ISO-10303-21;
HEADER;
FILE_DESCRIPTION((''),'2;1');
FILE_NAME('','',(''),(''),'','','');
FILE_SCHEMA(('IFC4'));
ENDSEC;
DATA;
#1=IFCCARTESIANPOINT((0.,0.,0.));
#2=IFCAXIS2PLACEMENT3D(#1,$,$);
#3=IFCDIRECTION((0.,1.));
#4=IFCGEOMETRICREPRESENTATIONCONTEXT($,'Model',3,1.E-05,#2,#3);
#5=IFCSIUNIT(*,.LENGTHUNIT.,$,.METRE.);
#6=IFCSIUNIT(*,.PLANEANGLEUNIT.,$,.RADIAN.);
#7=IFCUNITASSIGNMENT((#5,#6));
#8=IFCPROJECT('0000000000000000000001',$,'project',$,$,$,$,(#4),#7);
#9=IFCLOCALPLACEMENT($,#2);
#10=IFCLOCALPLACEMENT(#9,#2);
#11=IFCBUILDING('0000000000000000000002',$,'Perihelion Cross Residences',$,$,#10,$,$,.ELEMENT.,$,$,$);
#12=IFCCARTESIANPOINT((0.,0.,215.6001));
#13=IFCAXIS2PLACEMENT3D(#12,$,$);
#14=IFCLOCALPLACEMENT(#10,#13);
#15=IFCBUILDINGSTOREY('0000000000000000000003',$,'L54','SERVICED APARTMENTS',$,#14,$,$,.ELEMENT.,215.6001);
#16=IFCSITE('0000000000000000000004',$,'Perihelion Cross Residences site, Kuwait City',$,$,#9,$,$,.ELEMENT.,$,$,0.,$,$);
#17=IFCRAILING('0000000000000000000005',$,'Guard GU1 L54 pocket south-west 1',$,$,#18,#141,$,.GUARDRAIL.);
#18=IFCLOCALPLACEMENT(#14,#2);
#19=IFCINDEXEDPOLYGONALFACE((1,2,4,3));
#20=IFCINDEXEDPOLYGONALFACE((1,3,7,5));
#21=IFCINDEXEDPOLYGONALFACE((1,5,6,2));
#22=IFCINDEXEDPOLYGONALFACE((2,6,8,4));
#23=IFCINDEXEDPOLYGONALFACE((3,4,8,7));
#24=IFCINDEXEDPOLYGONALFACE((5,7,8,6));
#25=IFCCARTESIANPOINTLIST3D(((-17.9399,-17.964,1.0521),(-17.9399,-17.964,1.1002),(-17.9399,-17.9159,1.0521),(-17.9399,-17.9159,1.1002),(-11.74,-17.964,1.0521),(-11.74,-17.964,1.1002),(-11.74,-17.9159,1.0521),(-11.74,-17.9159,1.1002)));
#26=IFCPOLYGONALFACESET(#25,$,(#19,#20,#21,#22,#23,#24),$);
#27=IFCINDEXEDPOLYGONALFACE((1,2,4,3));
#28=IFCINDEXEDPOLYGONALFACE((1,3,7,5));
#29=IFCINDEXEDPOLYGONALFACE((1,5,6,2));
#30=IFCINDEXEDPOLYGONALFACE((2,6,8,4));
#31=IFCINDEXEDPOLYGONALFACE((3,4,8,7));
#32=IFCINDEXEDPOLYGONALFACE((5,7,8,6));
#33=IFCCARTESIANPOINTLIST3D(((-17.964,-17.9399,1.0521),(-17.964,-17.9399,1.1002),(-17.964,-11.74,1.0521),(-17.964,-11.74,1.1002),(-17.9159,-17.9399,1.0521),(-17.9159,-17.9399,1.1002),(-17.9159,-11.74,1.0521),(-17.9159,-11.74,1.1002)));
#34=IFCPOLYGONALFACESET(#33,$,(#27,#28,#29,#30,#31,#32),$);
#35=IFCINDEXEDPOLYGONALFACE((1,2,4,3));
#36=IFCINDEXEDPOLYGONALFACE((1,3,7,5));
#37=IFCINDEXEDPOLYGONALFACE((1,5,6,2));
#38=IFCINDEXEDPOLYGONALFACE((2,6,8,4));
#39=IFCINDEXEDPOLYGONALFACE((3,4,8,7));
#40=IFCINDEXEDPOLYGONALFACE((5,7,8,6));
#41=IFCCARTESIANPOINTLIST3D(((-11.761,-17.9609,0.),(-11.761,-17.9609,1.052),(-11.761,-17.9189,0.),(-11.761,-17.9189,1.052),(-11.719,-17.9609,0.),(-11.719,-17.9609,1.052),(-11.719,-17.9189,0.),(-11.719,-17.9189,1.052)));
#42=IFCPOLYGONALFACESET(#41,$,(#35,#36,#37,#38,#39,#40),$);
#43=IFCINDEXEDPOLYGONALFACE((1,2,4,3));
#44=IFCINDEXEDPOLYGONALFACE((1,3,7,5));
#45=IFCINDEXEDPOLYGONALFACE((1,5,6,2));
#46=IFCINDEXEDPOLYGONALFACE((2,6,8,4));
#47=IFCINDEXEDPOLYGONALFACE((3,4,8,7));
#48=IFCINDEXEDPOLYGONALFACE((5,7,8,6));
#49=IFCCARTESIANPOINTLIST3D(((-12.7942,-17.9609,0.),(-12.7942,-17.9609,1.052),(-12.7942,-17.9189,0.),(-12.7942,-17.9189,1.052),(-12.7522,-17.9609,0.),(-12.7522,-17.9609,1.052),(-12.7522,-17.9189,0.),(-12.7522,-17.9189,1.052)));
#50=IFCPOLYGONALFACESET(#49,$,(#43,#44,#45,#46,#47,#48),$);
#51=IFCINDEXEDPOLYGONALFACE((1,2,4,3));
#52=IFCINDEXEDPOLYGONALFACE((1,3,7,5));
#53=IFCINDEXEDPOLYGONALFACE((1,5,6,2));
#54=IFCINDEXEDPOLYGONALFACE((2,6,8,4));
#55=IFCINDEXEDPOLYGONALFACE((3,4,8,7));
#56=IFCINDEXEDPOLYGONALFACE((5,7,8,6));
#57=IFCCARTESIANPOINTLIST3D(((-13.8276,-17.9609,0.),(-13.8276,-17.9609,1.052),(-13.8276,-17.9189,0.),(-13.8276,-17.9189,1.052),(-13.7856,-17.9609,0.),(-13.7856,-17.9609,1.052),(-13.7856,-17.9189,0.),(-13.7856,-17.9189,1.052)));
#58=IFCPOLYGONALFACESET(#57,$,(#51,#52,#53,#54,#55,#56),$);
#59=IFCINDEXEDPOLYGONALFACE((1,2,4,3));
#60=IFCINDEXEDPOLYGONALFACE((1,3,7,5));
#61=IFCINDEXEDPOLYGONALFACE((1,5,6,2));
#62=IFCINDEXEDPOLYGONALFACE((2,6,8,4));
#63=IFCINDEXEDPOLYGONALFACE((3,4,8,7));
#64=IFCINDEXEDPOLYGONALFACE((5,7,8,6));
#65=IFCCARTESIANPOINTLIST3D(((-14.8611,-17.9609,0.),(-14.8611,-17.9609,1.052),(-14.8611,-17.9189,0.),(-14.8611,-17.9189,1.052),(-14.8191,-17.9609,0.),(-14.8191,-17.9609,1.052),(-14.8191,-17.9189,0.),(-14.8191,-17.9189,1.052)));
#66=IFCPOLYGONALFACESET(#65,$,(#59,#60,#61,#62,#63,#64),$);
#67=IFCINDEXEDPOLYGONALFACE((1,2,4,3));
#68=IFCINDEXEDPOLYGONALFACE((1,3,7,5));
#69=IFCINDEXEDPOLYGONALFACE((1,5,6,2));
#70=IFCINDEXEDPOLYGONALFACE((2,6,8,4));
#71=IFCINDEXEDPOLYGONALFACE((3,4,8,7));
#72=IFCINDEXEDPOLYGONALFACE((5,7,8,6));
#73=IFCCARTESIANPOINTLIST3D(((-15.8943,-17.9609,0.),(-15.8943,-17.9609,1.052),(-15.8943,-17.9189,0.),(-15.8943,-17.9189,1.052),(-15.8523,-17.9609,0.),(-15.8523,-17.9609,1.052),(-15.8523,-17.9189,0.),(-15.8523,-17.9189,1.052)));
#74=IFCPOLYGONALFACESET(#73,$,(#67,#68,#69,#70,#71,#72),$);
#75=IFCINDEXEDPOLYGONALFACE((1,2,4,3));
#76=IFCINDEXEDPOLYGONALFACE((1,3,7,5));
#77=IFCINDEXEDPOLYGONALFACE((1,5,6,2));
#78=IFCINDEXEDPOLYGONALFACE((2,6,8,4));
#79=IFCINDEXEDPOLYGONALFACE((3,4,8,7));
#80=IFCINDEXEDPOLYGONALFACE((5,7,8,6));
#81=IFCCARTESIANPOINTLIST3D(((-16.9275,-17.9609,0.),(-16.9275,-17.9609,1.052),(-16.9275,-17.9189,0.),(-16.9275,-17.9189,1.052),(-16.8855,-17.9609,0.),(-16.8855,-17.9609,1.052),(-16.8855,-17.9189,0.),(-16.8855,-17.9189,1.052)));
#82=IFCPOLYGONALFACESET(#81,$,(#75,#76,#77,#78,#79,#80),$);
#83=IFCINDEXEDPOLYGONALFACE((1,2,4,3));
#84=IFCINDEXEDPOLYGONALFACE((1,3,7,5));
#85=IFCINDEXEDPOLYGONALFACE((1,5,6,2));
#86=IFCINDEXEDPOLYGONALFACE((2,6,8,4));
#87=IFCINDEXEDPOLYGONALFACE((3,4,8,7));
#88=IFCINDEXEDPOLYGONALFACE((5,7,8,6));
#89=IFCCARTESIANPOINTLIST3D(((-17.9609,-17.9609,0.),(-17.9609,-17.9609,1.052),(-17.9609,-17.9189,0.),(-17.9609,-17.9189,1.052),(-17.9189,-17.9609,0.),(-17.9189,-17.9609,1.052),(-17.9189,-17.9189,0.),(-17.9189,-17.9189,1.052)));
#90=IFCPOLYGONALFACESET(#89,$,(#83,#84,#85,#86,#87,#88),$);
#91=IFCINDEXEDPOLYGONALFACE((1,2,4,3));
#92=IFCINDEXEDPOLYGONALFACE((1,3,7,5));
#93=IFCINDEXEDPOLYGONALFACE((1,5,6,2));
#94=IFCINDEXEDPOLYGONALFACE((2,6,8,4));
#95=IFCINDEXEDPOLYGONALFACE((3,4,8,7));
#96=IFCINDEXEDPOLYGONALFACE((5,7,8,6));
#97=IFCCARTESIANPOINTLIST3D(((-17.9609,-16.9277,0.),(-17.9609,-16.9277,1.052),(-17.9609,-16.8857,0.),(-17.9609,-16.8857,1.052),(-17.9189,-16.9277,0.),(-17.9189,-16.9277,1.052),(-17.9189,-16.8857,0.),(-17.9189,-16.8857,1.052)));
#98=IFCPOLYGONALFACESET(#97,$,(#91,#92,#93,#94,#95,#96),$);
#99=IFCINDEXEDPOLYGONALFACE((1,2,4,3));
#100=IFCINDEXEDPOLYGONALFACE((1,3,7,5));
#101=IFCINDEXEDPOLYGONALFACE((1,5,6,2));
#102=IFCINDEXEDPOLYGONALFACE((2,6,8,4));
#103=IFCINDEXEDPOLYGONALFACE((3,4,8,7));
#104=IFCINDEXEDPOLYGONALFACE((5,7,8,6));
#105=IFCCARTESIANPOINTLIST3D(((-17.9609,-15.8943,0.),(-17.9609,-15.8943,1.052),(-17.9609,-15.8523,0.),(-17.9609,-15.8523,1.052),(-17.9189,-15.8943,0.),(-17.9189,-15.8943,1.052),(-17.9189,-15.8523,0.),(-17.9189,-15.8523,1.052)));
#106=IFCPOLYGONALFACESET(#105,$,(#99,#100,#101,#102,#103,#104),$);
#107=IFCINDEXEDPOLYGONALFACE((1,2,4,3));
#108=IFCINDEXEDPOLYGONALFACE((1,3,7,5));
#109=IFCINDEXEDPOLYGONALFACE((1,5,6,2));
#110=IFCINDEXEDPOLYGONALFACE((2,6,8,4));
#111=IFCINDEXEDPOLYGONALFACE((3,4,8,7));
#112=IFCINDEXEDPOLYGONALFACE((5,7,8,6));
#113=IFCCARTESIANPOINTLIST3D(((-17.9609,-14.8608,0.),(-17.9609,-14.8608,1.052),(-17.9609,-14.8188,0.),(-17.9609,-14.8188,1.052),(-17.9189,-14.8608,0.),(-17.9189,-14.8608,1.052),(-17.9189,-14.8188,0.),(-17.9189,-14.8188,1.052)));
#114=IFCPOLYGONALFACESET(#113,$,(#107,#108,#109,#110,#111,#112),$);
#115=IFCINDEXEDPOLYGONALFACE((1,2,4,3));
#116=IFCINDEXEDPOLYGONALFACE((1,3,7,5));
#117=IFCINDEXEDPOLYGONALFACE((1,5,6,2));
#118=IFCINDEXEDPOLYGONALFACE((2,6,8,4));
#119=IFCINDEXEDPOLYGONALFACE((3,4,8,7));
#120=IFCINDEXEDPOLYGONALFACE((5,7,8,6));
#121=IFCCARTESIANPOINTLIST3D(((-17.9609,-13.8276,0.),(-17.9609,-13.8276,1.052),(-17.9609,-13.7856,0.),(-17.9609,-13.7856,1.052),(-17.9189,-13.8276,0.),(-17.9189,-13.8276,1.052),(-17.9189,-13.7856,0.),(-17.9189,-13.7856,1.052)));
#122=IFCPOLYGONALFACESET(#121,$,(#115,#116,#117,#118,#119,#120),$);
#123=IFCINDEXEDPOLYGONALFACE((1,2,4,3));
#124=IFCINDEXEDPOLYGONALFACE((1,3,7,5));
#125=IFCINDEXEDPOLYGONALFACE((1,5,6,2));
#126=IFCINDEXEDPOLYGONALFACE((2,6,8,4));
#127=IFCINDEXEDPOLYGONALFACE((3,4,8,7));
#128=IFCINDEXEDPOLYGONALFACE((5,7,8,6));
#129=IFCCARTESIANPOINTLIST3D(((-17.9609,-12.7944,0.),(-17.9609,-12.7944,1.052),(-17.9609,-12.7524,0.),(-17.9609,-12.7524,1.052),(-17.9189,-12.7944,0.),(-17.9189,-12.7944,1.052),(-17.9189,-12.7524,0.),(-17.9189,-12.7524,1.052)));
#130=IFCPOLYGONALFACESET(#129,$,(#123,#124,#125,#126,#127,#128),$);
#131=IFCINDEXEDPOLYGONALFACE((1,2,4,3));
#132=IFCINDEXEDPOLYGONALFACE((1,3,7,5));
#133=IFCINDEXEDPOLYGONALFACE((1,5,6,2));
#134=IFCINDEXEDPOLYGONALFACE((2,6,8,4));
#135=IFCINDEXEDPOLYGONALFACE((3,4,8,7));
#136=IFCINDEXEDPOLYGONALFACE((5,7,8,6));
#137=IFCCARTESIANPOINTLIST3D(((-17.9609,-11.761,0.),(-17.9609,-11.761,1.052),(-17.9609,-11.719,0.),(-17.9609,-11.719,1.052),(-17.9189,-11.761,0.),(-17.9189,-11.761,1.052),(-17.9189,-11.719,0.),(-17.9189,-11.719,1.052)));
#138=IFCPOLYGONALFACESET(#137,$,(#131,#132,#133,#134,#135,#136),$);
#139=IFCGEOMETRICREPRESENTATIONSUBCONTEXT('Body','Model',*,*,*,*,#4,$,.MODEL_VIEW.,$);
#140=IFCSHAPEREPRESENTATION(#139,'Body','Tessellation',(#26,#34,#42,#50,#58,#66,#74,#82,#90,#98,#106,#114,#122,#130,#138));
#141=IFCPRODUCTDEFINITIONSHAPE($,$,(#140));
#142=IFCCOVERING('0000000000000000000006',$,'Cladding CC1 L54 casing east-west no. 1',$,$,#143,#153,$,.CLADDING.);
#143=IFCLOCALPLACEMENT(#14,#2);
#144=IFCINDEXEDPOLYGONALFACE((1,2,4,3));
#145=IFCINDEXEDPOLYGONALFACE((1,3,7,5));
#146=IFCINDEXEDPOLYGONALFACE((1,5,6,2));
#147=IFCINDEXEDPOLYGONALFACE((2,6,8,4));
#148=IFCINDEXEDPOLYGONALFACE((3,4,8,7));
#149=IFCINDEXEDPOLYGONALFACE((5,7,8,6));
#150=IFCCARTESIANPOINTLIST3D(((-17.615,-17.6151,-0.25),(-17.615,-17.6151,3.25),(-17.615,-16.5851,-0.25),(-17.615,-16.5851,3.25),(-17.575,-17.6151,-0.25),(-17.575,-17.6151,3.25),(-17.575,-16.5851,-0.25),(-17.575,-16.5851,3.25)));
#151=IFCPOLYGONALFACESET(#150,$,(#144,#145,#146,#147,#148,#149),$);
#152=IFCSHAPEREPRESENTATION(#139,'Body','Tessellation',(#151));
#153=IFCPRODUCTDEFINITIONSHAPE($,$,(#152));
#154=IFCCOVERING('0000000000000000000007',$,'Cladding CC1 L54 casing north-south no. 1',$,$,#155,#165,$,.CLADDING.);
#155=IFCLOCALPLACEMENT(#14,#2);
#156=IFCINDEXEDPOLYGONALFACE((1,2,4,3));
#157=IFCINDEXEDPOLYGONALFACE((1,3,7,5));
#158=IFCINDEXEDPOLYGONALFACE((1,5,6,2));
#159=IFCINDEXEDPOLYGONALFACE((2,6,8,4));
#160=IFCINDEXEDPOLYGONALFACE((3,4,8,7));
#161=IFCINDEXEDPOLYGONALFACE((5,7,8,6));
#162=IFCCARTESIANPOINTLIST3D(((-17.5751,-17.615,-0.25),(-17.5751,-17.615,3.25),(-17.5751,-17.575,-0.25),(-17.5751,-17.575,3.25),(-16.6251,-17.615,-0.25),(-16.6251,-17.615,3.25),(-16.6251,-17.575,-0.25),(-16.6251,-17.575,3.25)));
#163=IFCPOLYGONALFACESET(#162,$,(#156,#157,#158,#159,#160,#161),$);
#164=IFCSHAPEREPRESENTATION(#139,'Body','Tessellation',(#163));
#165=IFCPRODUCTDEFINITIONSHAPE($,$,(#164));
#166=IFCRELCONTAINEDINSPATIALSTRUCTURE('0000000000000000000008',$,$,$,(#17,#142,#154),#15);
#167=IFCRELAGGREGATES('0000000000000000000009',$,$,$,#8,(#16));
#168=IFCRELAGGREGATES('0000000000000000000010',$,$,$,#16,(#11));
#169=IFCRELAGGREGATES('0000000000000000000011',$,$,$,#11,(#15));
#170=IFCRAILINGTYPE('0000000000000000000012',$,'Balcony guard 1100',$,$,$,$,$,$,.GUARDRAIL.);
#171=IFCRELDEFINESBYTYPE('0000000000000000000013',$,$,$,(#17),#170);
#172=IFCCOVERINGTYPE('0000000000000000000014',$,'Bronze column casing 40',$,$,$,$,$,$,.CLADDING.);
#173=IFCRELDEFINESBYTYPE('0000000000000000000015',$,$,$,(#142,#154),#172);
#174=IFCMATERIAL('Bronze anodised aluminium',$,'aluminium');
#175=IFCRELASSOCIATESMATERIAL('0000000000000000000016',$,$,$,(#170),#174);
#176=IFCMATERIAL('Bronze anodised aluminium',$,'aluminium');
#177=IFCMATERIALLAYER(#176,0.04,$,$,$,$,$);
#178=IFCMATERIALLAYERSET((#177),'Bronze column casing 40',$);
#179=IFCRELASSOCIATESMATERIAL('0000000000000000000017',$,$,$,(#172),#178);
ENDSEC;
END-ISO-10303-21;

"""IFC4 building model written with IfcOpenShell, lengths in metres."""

from ifc_helpers import new_model, si_unit, direction, frame, origin, origin_2d, place, context, subcontext, project, spatial, rectangle, extrude, material, layer, layer_set, type_object, element, save


model = new_model("IFC4")

# Units and contexts
model_context = context("Model", 3, precision=1e-05, world=origin(), true_north=direction((0.0, 1.0)))
body_context = subcontext(model_context, "Body", "Model", "MODEL_VIEW")
ifc_project = project(units=[si_unit("LENGTHUNIT", "METRE"), si_unit("PLANEANGLEUNIT", "RADIAN")], contexts=[model_context])

# Site, building, storey
site_placement = place(None, origin())
site = spatial("IfcSite", under=ifc_project, at=site_placement, Name="Perihelion Cross Residences site, Kuwait City", CompositionType="ELEMENT", RefElevation=0.0)
building_placement = place(site_placement, origin())
building = spatial("IfcBuilding", under=site, at=building_placement, Name="Perihelion Cross Residences", CompositionType="ELEMENT")
storey_placement = place(building_placement, frame((0.0, 0.0, 215.6001)))
storey = spatial("IfcBuildingStorey", under=building, at=storey_placement, Name="L54", Description="SERVICED APARTMENTS", CompositionType="ELEMENT", Elevation=215.6001)

# Railing
ifc_material_1 = material(Name="Bronze anodised aluminium", Category="aluminium")
railing_type = type_object("IfcRailingType", Name="Balcony guard 1100", PredefinedType="GUARDRAIL", material=ifc_material_1)
railing_placement = place(storey_placement, frame((-11.74, -17.9399, 0.0)))
element("IfcRailing", 1, at=railing_placement, inside=storey, type_object=railing_type, Name="Guard GU1 L54 pocket south-west 1", PredefinedType="GUARDRAIL", context=body_context, shape_type="SweptSolid", body=[
    extrude(rectangle(XDim=0.0481, YDim=0.0481, at=origin_2d()), frame((0.0, 0.0, 1.0762), z_axis=(-1.0, 0.0, 0.0), x_axis=(0.0, -1.0, 0.0)), (0.0, 0.0, 1.0), 6.2),
    extrude(rectangle(XDim=0.0481, YDim=0.0481, at=origin_2d()), frame((-6.2, 0.0, 1.0762), z_axis=(0.0, 1.0, 0.0), x_axis=(-1.0, 0.0, 0.0)), (0.0, 0.0, 1.0), 6.2),
    extrude(rectangle(XDim=0.042, YDim=0.042, at=origin_2d()), origin(), (0.0, 0.0, 1.0), 1.052),
    extrude(rectangle(XDim=0.042, YDim=0.042, at=origin_2d()), frame((-1.0332, 0.0, 0.0)), (0.0, 0.0, 1.0), 1.052),
    extrude(rectangle(XDim=0.042, YDim=0.042, at=origin_2d()), frame((-2.0667, 0.0, 0.0)), (0.0, 0.0, 1.0), 1.052),
    extrude(rectangle(XDim=0.042, YDim=0.042, at=origin_2d()), frame((-3.1001, 0.0, 0.0)), (0.0, 0.0, 1.0), 1.052),
    extrude(rectangle(XDim=0.042, YDim=0.042, at=origin_2d()), frame((-4.1333, 0.0, 0.0)), (0.0, 0.0, 1.0), 1.052),
    extrude(rectangle(XDim=0.042, YDim=0.042, at=origin_2d()), frame((-5.1665, 0.0, 0.0)), (0.0, 0.0, 1.0), 1.052),
    extrude(rectangle(XDim=0.042, YDim=0.042, at=origin_2d()), frame((-6.2, 0.0, 0.0)), (0.0, 0.0, 1.0), 1.052),
    extrude(rectangle(XDim=0.042, YDim=0.042, at=origin_2d()), frame((-6.2, 1.0332, 0.0)), (0.0, 0.0, 1.0), 1.052),
    extrude(rectangle(XDim=0.042, YDim=0.042, at=origin_2d()), frame((-6.2, 2.0667, 0.0)), (0.0, 0.0, 1.0), 1.052),
    extrude(rectangle(XDim=0.042, YDim=0.042, at=origin_2d()), frame((-6.2, 3.1001, 0.0)), (0.0, 0.0, 1.0), 1.052),
    extrude(rectangle(XDim=0.042, YDim=0.042, at=origin_2d()), frame((-6.2, 4.1333, 0.0)), (0.0, 0.0, 1.0), 1.052),
    extrude(rectangle(XDim=0.042, YDim=0.042, at=origin_2d()), frame((-6.2, 5.1665, 0.0)), (0.0, 0.0, 1.0), 1.052),
    extrude(rectangle(XDim=0.042, YDim=0.042, at=origin_2d()), frame((-6.2, 6.2, 0.0)), (0.0, 0.0, 1.0), 1.052),
])

# Coverings
ifc_material_2 = material(Name="Bronze anodised aluminium", Category="aluminium")
ifc_layer_1 = layer(ifc_material_2, 0.04)
ifc_layer_set_1 = layer_set([ifc_layer_1], Name="Bronze column casing 40")
covering_type = type_object("IfcCoveringType", Name="Bronze column casing 40", PredefinedType="CLADDING", material=ifc_layer_set_1)
covering_1_placement = place(storey_placement, frame((-17.595, -17.1001, -0.25), z_axis=(0.0, 0.0, 1.0), x_axis=(1.0, 0.0, 0.0)))
element("IfcCovering", 2, at=covering_1_placement, inside=storey, type_object=covering_type, Name="Cladding CC1 L54 casing east-west no. 1", PredefinedType="CLADDING", context=body_context, shape_type="SweptSolid", body=[
    extrude(rectangle(XDim=0.04, YDim=1.03, at=origin_2d()), origin(), (0.0, 0.0, 1.0), 3.5),
])
covering_2_placement = place(storey_placement, frame((-17.1001, -17.595, -0.25), z_axis=(0.0, 0.0, 1.0), x_axis=(1.0, 0.0, 0.0)))
element("IfcCovering", 3, at=covering_2_placement, inside=storey, type_object=covering_type, Name="Cladding CC1 L54 casing north-south no. 1", PredefinedType="CLADDING", context=body_context, shape_type="SweptSolid", body=[
    extrude(rectangle(XDim=0.95, YDim=0.04, at=origin_2d()), origin(), (0.0, 0.0, 1.0), 3.5),
])

save(model, "model.ifc")
